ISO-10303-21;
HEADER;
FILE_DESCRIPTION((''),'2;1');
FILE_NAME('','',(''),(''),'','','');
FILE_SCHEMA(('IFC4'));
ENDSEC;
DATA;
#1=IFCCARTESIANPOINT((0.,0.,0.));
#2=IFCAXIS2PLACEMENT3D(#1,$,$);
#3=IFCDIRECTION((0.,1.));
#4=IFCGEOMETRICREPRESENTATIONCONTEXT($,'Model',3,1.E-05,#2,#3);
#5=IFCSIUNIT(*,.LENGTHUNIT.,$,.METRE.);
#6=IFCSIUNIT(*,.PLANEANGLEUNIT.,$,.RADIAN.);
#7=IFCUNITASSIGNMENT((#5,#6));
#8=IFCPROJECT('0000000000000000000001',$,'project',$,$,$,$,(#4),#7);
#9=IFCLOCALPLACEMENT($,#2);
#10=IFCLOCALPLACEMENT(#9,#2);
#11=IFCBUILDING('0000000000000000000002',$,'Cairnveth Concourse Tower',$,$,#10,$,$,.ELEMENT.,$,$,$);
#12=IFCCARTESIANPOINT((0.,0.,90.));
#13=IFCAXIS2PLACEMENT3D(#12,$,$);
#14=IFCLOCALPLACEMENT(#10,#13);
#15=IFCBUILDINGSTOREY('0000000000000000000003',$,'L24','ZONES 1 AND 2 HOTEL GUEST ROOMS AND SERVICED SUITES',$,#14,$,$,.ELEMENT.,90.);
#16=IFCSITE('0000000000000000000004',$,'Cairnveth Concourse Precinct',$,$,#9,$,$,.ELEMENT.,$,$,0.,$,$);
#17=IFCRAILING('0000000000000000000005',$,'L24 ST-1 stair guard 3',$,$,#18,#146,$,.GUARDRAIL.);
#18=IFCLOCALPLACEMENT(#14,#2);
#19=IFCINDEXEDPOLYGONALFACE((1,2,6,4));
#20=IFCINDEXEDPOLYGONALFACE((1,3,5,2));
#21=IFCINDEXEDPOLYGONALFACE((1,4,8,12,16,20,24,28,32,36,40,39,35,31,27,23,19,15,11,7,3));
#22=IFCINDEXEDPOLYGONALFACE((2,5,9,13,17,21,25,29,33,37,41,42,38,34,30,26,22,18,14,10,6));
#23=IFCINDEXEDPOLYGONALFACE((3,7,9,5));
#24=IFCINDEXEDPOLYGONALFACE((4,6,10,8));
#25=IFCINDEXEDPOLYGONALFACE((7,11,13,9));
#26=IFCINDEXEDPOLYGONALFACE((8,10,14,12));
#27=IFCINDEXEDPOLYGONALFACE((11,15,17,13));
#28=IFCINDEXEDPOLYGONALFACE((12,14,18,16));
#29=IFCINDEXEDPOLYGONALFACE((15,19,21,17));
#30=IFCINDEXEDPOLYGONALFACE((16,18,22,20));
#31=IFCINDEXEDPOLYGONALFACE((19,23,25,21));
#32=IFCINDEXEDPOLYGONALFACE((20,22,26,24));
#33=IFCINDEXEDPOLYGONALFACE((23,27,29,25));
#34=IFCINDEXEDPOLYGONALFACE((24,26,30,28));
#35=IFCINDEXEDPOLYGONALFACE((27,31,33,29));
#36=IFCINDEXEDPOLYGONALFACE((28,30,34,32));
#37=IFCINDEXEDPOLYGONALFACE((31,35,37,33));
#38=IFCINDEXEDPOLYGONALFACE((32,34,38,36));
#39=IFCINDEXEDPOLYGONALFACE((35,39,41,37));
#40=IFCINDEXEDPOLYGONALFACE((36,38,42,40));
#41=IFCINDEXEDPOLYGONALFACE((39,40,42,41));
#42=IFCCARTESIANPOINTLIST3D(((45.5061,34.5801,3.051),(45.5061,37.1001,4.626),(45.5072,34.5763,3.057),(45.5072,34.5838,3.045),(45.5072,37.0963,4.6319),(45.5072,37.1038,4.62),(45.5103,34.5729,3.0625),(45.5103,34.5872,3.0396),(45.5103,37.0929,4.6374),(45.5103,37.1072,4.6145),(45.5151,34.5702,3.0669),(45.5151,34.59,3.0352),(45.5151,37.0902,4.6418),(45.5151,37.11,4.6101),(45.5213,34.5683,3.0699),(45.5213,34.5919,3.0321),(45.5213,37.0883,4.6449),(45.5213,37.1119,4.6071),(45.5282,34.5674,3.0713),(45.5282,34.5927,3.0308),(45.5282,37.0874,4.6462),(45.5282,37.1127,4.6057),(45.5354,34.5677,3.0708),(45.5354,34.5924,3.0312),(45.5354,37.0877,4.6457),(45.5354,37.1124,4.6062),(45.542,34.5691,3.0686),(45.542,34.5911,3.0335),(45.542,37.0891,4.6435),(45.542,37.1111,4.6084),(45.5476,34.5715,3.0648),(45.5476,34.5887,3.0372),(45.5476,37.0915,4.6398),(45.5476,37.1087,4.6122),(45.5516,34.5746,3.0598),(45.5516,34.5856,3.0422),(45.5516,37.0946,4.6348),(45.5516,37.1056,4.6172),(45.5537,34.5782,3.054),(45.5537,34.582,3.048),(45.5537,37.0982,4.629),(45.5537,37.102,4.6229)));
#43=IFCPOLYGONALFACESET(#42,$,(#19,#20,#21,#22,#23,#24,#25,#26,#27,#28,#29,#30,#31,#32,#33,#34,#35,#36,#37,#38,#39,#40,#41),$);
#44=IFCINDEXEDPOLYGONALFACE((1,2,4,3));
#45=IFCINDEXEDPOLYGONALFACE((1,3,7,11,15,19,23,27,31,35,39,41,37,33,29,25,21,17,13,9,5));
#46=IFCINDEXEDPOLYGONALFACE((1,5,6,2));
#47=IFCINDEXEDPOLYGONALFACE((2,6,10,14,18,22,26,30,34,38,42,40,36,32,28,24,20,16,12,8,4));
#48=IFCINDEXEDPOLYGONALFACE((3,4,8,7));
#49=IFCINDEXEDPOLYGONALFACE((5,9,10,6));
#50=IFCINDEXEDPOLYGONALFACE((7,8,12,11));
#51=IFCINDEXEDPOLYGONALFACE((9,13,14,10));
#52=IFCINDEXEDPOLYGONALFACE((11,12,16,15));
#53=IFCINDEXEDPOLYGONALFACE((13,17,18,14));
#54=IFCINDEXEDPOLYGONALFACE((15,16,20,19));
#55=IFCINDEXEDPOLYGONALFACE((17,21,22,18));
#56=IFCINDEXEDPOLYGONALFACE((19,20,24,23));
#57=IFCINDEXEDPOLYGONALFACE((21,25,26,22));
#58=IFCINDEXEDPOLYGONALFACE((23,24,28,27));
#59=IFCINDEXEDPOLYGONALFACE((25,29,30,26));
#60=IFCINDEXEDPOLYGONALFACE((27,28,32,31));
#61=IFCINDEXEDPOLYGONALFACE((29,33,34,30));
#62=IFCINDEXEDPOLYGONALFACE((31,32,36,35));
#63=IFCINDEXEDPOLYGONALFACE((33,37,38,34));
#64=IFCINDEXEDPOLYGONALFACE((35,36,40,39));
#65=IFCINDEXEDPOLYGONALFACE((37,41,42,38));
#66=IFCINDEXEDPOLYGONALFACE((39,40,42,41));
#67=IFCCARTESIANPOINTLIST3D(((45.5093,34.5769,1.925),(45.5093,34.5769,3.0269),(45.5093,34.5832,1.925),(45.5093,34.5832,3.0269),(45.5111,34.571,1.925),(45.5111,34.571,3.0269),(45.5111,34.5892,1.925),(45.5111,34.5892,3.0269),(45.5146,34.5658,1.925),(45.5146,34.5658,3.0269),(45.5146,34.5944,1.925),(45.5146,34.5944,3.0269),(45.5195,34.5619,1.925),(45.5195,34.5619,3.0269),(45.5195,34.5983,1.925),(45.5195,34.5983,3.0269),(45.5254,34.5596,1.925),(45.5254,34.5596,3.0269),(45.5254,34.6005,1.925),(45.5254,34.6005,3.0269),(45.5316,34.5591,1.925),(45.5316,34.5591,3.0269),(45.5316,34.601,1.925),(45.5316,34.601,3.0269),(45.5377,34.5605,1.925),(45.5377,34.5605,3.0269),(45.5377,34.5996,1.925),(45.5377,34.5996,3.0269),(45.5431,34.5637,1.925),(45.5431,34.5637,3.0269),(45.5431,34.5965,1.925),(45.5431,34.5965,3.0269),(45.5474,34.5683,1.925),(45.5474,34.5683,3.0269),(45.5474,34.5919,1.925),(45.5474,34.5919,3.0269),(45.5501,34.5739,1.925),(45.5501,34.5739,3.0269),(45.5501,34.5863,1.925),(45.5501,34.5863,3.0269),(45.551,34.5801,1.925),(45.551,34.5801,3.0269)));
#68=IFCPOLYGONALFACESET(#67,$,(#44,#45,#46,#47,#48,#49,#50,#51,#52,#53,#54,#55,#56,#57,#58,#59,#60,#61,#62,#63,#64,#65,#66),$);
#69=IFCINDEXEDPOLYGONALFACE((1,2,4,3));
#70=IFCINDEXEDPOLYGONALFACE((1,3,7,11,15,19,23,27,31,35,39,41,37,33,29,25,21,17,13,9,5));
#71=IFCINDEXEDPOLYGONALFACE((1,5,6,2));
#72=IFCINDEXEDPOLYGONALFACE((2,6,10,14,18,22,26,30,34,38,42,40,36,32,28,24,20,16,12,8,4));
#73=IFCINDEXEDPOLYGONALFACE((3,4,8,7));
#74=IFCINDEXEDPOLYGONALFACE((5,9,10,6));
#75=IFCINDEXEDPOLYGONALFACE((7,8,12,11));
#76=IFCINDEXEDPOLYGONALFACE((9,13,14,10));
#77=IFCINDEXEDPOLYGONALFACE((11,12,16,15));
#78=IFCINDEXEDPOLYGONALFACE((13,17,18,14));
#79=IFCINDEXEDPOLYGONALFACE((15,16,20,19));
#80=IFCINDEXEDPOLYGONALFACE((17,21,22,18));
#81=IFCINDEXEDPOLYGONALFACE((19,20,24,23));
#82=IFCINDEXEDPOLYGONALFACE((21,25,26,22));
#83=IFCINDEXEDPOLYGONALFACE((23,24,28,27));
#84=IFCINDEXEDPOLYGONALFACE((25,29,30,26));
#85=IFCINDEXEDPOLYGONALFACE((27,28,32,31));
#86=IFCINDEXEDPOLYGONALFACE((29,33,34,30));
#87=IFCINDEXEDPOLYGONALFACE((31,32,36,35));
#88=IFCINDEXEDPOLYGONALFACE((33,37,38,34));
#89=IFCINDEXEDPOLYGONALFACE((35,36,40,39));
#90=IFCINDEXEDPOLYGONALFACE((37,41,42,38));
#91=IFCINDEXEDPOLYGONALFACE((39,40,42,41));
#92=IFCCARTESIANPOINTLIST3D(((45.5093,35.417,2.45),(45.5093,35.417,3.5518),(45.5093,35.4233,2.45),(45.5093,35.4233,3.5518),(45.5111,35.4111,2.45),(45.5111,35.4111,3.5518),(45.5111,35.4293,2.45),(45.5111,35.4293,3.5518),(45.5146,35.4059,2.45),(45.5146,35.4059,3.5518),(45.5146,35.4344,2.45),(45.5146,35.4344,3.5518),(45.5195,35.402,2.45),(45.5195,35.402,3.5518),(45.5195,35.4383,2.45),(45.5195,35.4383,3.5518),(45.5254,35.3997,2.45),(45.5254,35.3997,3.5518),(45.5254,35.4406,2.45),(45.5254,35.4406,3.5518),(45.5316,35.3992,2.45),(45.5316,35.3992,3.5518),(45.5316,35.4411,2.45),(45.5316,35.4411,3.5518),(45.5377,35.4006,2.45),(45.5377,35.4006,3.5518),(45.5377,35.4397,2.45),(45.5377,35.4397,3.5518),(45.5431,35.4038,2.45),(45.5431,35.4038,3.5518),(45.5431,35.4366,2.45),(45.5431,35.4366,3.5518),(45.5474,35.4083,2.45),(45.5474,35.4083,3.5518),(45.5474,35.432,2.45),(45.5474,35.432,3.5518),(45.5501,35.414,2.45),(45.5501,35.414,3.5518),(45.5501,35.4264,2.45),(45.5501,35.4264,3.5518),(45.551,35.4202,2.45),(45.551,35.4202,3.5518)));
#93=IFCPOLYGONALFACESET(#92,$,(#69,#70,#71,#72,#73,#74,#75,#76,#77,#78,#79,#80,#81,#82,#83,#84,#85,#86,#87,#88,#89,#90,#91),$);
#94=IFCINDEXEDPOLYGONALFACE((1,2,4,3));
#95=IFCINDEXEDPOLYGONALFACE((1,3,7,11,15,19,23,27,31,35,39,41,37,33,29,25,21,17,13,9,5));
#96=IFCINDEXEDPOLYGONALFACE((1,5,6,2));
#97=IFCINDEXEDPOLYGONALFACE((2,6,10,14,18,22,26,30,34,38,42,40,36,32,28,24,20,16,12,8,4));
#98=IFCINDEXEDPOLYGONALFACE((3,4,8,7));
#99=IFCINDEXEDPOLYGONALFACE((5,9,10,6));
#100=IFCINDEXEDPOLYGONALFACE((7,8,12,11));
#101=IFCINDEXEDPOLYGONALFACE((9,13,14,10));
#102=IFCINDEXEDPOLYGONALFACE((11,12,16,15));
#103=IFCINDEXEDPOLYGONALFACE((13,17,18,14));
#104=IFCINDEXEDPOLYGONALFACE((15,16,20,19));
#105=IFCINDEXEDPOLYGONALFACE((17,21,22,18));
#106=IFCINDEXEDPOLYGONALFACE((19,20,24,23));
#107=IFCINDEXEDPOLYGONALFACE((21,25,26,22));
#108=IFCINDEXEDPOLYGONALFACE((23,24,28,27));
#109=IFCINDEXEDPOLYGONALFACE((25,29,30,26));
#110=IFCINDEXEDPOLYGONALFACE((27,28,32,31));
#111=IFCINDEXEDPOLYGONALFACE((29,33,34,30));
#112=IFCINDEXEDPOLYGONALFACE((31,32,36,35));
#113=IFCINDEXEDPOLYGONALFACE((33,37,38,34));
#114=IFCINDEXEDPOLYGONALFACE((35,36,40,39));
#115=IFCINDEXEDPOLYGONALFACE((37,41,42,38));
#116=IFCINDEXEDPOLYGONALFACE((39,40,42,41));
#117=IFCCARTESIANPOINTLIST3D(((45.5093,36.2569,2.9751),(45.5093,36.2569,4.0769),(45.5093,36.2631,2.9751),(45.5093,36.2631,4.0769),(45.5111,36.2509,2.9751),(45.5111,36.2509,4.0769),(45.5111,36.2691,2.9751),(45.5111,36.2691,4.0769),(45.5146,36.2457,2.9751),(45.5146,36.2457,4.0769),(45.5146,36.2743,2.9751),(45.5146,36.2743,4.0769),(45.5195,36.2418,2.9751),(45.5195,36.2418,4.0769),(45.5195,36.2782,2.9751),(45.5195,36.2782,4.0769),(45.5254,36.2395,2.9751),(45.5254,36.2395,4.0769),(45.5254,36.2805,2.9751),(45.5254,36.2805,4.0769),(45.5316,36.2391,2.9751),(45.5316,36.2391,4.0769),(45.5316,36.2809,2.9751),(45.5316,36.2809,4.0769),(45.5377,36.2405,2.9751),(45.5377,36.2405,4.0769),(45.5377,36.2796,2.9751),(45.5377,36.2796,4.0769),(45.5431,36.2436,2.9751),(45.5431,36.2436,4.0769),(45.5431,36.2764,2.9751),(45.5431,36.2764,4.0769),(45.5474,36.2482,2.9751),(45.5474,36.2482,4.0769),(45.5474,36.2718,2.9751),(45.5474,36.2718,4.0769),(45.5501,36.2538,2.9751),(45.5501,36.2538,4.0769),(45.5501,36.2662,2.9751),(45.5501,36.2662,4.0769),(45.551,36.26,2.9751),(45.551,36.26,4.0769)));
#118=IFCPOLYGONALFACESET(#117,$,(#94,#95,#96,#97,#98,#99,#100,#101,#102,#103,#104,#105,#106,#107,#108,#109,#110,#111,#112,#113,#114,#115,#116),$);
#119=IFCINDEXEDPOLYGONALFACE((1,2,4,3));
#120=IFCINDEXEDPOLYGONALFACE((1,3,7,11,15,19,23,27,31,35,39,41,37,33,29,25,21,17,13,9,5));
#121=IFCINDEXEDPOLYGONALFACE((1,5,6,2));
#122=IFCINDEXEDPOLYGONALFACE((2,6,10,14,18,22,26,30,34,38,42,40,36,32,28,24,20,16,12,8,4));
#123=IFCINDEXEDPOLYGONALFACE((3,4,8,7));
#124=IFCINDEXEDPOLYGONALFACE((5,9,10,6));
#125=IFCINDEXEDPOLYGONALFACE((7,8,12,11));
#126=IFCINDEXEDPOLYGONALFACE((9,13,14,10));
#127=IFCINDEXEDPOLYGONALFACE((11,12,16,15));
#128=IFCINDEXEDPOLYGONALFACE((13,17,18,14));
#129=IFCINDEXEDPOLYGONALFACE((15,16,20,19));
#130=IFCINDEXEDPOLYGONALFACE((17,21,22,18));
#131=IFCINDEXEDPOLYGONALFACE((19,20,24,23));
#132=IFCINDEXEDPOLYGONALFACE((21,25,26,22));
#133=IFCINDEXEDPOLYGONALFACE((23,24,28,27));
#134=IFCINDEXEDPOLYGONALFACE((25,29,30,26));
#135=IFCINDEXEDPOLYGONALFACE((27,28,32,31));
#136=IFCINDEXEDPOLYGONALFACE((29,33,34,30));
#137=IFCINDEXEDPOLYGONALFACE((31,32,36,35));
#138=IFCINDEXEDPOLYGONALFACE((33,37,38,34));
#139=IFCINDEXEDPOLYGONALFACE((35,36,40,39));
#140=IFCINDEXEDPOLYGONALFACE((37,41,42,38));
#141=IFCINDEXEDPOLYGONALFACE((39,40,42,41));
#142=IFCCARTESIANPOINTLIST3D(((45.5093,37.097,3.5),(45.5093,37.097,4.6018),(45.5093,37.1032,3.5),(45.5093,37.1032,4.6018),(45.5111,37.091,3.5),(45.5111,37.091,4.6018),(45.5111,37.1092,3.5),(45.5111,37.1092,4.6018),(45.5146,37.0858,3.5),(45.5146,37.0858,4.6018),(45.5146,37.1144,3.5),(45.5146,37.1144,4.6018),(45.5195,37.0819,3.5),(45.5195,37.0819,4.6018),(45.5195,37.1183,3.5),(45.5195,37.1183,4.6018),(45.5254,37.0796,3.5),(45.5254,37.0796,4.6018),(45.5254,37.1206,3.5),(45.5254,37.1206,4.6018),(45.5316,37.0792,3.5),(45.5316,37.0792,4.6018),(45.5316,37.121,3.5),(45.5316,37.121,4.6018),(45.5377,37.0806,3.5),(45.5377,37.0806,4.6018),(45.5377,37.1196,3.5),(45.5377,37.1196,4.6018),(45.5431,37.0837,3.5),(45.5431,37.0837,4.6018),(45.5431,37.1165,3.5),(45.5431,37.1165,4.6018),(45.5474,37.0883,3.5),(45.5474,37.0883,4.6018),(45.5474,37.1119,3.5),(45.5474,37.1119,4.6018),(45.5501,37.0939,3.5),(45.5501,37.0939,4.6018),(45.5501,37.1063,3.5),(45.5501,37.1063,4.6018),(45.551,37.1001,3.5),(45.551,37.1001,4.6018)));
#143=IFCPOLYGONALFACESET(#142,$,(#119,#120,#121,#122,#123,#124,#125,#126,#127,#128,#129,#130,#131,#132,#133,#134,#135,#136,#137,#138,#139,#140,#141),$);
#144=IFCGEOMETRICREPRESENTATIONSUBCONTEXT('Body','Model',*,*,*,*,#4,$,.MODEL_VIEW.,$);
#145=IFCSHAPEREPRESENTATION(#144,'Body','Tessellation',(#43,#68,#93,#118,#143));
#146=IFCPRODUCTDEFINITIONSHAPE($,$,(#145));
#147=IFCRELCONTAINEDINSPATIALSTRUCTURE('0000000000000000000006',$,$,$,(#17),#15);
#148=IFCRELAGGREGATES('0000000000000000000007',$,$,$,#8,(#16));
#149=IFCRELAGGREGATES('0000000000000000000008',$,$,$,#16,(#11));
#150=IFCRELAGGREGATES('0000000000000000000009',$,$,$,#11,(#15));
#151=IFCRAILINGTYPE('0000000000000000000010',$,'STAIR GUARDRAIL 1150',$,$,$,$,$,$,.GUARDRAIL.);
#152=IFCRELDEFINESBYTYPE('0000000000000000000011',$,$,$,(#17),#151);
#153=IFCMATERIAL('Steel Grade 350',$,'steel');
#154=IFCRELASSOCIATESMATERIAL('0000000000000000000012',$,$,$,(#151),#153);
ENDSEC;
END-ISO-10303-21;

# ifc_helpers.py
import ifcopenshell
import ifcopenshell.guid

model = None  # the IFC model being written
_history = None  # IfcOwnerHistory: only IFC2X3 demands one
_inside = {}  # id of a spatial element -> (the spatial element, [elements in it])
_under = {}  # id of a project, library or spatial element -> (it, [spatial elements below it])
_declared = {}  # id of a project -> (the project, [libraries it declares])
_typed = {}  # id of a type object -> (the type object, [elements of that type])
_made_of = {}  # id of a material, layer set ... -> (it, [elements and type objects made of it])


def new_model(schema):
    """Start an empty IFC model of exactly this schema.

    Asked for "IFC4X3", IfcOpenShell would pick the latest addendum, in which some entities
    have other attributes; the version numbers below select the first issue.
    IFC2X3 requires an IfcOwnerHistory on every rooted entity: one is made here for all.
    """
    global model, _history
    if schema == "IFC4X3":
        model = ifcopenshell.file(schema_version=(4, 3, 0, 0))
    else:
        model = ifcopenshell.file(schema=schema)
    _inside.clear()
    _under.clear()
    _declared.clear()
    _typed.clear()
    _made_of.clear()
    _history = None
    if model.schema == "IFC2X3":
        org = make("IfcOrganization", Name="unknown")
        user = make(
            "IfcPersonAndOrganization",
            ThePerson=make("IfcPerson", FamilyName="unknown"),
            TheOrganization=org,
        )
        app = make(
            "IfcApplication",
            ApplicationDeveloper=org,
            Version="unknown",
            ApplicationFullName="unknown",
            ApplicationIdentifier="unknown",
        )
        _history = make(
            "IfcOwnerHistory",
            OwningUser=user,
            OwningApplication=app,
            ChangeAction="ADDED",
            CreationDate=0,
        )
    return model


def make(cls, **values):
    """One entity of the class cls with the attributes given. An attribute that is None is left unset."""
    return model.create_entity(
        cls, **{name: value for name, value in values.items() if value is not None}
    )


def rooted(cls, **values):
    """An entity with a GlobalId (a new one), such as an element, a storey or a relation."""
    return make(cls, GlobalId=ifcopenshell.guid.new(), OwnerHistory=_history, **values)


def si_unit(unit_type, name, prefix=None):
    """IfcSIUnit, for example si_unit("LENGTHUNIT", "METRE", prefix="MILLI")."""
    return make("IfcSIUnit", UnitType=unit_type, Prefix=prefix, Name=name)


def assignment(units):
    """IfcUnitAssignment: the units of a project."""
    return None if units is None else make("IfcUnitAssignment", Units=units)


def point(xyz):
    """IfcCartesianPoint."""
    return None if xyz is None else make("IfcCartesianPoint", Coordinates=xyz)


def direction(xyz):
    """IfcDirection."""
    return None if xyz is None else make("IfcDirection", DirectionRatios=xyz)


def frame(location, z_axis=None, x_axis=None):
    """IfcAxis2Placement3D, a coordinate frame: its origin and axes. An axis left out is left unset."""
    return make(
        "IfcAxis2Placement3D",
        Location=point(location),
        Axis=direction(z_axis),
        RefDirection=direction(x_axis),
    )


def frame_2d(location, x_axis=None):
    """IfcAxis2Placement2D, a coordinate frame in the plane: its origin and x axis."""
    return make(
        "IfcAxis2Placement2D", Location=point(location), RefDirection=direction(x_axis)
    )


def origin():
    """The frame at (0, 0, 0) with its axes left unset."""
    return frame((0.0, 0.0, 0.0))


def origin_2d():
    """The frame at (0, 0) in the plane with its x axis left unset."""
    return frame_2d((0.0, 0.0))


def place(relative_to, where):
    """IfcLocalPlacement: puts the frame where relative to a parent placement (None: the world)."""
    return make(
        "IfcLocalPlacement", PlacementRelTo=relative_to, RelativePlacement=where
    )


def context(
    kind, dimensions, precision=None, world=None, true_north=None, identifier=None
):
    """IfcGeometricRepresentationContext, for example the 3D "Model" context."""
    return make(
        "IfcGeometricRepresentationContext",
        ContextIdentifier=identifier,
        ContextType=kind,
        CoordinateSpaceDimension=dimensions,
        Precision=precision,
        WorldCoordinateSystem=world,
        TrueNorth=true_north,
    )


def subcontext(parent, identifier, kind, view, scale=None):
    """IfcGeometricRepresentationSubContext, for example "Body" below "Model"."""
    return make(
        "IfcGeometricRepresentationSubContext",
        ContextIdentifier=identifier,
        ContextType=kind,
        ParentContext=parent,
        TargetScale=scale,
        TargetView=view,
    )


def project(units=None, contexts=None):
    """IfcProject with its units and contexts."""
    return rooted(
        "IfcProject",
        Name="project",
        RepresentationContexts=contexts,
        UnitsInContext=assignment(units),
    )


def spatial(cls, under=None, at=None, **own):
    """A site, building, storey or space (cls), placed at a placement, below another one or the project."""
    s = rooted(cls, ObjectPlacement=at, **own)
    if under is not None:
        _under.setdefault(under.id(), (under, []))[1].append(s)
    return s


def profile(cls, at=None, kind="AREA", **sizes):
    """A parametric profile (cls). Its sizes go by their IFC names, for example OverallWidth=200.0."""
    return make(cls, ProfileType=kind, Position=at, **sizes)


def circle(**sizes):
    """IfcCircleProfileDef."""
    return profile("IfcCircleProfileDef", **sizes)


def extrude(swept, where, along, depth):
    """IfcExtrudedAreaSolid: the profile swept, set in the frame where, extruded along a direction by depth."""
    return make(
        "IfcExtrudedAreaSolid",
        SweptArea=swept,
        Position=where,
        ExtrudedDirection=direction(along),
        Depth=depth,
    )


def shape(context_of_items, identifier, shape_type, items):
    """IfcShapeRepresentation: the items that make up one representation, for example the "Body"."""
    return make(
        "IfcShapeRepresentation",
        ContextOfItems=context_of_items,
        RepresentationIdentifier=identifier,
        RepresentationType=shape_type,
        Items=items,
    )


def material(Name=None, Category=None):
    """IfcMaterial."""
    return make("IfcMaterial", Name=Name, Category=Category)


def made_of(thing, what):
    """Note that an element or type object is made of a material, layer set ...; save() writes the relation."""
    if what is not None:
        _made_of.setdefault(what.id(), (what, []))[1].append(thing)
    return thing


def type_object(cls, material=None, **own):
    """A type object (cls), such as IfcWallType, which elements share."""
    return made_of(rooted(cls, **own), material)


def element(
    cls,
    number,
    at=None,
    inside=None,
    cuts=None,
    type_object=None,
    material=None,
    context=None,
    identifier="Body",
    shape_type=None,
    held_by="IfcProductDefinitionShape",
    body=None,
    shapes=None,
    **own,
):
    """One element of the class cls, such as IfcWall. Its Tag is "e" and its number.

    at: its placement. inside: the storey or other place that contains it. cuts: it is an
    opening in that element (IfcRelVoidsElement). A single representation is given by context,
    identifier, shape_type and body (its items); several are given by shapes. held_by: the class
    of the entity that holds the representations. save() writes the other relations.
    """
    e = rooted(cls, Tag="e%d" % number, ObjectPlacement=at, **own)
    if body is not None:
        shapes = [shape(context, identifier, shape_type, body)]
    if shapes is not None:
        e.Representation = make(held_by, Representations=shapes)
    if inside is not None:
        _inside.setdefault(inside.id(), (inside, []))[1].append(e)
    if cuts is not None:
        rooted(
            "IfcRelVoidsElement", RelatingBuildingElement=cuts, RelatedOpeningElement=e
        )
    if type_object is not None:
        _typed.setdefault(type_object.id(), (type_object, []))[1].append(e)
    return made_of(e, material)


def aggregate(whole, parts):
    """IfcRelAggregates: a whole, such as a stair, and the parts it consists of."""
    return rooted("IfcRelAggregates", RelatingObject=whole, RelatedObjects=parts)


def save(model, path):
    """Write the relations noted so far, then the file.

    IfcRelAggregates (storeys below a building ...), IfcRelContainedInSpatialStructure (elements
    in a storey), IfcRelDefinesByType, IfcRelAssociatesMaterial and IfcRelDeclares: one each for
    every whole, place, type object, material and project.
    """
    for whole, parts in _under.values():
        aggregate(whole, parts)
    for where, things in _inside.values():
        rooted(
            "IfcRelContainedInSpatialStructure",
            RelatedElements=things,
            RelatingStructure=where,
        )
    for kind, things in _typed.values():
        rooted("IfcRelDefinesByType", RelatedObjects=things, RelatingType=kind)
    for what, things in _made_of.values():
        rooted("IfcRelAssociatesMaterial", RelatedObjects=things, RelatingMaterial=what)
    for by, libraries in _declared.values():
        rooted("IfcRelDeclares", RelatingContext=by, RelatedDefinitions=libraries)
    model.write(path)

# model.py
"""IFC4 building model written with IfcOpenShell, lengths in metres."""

from ifc_helpers import new_model, si_unit, direction, frame, origin, origin_2d, place, context, subcontext, project, spatial, circle, extrude, material, type_object, element, save


model = new_model("IFC4")

# Units and contexts
model_context = context("Model", 3, precision=1e-05, world=origin(), true_north=direction((0.0, 1.0)))
body_context = subcontext(model_context, "Body", "Model", "MODEL_VIEW")
ifc_project = project(units=[si_unit("LENGTHUNIT", "METRE"), si_unit("PLANEANGLEUNIT", "RADIAN")], contexts=[model_context])

# Site, building, storey
site_placement = place(None, origin())
site = spatial("IfcSite", under=ifc_project, at=site_placement, Name="Cairnveth Concourse Precinct", CompositionType="ELEMENT", RefElevation=0.0)
building_placement = place(site_placement, origin())
building = spatial("IfcBuilding", under=site, at=building_placement, Name="Cairnveth Concourse Tower", CompositionType="ELEMENT")
storey_placement = place(building_placement, frame((0.0, 0.0, 90.0)))
storey = spatial("IfcBuildingStorey", under=building, at=storey_placement, Name="L24", Description="ZONES 1 AND 2 HOTEL GUEST ROOMS AND SERVICED SUITES", CompositionType="ELEMENT", Elevation=90.0)

# Railing
ifc_material_1 = material(Name="Steel Grade 350", Category="steel")
railing_type_1 = type_object("IfcRailingType", Name="STAIR GUARDRAIL 1150", PredefinedType="GUARDRAIL", material=ifc_material_1)
railing_1_placement = place(storey_placement, frame((45.53, 34.5801, 1.925)))
element("IfcRailing", 1, at=railing_1_placement, inside=storey, type_object=railing_type_1, Name="L24 ST-1 stair guard 3", PredefinedType="GUARDRAIL", context=body_context, shape_type="SweptSolid", body=[
    extrude(circle(Radius=0.0239, at=origin_2d()), frame((0.0, 0.0, 1.126), z_axis=(0.0, 0.848008, 0.529984), x_axis=(-1.0, 0.0, 0.0)), (0.0, 0.0, 1.0), 2.9717),
    extrude(circle(Radius=0.021, at=origin_2d()), origin(), (0.0, 0.0, 1.0), 1.1018),
    extrude(circle(Radius=0.021, at=origin_2d()), frame((0.0, 0.8401, 0.5249)), (0.0, 0.0, 1.0), 1.1018),
    extrude(circle(Radius=0.021, at=origin_2d()), frame((0.0, 1.6799, 1.05)), (0.0, 0.0, 1.0), 1.1018),
    extrude(circle(Radius=0.021, at=origin_2d()), frame((0.0, 2.52, 1.575)), (0.0, 0.0, 1.0), 1.1018),
])

save(model, "model.ifc")
